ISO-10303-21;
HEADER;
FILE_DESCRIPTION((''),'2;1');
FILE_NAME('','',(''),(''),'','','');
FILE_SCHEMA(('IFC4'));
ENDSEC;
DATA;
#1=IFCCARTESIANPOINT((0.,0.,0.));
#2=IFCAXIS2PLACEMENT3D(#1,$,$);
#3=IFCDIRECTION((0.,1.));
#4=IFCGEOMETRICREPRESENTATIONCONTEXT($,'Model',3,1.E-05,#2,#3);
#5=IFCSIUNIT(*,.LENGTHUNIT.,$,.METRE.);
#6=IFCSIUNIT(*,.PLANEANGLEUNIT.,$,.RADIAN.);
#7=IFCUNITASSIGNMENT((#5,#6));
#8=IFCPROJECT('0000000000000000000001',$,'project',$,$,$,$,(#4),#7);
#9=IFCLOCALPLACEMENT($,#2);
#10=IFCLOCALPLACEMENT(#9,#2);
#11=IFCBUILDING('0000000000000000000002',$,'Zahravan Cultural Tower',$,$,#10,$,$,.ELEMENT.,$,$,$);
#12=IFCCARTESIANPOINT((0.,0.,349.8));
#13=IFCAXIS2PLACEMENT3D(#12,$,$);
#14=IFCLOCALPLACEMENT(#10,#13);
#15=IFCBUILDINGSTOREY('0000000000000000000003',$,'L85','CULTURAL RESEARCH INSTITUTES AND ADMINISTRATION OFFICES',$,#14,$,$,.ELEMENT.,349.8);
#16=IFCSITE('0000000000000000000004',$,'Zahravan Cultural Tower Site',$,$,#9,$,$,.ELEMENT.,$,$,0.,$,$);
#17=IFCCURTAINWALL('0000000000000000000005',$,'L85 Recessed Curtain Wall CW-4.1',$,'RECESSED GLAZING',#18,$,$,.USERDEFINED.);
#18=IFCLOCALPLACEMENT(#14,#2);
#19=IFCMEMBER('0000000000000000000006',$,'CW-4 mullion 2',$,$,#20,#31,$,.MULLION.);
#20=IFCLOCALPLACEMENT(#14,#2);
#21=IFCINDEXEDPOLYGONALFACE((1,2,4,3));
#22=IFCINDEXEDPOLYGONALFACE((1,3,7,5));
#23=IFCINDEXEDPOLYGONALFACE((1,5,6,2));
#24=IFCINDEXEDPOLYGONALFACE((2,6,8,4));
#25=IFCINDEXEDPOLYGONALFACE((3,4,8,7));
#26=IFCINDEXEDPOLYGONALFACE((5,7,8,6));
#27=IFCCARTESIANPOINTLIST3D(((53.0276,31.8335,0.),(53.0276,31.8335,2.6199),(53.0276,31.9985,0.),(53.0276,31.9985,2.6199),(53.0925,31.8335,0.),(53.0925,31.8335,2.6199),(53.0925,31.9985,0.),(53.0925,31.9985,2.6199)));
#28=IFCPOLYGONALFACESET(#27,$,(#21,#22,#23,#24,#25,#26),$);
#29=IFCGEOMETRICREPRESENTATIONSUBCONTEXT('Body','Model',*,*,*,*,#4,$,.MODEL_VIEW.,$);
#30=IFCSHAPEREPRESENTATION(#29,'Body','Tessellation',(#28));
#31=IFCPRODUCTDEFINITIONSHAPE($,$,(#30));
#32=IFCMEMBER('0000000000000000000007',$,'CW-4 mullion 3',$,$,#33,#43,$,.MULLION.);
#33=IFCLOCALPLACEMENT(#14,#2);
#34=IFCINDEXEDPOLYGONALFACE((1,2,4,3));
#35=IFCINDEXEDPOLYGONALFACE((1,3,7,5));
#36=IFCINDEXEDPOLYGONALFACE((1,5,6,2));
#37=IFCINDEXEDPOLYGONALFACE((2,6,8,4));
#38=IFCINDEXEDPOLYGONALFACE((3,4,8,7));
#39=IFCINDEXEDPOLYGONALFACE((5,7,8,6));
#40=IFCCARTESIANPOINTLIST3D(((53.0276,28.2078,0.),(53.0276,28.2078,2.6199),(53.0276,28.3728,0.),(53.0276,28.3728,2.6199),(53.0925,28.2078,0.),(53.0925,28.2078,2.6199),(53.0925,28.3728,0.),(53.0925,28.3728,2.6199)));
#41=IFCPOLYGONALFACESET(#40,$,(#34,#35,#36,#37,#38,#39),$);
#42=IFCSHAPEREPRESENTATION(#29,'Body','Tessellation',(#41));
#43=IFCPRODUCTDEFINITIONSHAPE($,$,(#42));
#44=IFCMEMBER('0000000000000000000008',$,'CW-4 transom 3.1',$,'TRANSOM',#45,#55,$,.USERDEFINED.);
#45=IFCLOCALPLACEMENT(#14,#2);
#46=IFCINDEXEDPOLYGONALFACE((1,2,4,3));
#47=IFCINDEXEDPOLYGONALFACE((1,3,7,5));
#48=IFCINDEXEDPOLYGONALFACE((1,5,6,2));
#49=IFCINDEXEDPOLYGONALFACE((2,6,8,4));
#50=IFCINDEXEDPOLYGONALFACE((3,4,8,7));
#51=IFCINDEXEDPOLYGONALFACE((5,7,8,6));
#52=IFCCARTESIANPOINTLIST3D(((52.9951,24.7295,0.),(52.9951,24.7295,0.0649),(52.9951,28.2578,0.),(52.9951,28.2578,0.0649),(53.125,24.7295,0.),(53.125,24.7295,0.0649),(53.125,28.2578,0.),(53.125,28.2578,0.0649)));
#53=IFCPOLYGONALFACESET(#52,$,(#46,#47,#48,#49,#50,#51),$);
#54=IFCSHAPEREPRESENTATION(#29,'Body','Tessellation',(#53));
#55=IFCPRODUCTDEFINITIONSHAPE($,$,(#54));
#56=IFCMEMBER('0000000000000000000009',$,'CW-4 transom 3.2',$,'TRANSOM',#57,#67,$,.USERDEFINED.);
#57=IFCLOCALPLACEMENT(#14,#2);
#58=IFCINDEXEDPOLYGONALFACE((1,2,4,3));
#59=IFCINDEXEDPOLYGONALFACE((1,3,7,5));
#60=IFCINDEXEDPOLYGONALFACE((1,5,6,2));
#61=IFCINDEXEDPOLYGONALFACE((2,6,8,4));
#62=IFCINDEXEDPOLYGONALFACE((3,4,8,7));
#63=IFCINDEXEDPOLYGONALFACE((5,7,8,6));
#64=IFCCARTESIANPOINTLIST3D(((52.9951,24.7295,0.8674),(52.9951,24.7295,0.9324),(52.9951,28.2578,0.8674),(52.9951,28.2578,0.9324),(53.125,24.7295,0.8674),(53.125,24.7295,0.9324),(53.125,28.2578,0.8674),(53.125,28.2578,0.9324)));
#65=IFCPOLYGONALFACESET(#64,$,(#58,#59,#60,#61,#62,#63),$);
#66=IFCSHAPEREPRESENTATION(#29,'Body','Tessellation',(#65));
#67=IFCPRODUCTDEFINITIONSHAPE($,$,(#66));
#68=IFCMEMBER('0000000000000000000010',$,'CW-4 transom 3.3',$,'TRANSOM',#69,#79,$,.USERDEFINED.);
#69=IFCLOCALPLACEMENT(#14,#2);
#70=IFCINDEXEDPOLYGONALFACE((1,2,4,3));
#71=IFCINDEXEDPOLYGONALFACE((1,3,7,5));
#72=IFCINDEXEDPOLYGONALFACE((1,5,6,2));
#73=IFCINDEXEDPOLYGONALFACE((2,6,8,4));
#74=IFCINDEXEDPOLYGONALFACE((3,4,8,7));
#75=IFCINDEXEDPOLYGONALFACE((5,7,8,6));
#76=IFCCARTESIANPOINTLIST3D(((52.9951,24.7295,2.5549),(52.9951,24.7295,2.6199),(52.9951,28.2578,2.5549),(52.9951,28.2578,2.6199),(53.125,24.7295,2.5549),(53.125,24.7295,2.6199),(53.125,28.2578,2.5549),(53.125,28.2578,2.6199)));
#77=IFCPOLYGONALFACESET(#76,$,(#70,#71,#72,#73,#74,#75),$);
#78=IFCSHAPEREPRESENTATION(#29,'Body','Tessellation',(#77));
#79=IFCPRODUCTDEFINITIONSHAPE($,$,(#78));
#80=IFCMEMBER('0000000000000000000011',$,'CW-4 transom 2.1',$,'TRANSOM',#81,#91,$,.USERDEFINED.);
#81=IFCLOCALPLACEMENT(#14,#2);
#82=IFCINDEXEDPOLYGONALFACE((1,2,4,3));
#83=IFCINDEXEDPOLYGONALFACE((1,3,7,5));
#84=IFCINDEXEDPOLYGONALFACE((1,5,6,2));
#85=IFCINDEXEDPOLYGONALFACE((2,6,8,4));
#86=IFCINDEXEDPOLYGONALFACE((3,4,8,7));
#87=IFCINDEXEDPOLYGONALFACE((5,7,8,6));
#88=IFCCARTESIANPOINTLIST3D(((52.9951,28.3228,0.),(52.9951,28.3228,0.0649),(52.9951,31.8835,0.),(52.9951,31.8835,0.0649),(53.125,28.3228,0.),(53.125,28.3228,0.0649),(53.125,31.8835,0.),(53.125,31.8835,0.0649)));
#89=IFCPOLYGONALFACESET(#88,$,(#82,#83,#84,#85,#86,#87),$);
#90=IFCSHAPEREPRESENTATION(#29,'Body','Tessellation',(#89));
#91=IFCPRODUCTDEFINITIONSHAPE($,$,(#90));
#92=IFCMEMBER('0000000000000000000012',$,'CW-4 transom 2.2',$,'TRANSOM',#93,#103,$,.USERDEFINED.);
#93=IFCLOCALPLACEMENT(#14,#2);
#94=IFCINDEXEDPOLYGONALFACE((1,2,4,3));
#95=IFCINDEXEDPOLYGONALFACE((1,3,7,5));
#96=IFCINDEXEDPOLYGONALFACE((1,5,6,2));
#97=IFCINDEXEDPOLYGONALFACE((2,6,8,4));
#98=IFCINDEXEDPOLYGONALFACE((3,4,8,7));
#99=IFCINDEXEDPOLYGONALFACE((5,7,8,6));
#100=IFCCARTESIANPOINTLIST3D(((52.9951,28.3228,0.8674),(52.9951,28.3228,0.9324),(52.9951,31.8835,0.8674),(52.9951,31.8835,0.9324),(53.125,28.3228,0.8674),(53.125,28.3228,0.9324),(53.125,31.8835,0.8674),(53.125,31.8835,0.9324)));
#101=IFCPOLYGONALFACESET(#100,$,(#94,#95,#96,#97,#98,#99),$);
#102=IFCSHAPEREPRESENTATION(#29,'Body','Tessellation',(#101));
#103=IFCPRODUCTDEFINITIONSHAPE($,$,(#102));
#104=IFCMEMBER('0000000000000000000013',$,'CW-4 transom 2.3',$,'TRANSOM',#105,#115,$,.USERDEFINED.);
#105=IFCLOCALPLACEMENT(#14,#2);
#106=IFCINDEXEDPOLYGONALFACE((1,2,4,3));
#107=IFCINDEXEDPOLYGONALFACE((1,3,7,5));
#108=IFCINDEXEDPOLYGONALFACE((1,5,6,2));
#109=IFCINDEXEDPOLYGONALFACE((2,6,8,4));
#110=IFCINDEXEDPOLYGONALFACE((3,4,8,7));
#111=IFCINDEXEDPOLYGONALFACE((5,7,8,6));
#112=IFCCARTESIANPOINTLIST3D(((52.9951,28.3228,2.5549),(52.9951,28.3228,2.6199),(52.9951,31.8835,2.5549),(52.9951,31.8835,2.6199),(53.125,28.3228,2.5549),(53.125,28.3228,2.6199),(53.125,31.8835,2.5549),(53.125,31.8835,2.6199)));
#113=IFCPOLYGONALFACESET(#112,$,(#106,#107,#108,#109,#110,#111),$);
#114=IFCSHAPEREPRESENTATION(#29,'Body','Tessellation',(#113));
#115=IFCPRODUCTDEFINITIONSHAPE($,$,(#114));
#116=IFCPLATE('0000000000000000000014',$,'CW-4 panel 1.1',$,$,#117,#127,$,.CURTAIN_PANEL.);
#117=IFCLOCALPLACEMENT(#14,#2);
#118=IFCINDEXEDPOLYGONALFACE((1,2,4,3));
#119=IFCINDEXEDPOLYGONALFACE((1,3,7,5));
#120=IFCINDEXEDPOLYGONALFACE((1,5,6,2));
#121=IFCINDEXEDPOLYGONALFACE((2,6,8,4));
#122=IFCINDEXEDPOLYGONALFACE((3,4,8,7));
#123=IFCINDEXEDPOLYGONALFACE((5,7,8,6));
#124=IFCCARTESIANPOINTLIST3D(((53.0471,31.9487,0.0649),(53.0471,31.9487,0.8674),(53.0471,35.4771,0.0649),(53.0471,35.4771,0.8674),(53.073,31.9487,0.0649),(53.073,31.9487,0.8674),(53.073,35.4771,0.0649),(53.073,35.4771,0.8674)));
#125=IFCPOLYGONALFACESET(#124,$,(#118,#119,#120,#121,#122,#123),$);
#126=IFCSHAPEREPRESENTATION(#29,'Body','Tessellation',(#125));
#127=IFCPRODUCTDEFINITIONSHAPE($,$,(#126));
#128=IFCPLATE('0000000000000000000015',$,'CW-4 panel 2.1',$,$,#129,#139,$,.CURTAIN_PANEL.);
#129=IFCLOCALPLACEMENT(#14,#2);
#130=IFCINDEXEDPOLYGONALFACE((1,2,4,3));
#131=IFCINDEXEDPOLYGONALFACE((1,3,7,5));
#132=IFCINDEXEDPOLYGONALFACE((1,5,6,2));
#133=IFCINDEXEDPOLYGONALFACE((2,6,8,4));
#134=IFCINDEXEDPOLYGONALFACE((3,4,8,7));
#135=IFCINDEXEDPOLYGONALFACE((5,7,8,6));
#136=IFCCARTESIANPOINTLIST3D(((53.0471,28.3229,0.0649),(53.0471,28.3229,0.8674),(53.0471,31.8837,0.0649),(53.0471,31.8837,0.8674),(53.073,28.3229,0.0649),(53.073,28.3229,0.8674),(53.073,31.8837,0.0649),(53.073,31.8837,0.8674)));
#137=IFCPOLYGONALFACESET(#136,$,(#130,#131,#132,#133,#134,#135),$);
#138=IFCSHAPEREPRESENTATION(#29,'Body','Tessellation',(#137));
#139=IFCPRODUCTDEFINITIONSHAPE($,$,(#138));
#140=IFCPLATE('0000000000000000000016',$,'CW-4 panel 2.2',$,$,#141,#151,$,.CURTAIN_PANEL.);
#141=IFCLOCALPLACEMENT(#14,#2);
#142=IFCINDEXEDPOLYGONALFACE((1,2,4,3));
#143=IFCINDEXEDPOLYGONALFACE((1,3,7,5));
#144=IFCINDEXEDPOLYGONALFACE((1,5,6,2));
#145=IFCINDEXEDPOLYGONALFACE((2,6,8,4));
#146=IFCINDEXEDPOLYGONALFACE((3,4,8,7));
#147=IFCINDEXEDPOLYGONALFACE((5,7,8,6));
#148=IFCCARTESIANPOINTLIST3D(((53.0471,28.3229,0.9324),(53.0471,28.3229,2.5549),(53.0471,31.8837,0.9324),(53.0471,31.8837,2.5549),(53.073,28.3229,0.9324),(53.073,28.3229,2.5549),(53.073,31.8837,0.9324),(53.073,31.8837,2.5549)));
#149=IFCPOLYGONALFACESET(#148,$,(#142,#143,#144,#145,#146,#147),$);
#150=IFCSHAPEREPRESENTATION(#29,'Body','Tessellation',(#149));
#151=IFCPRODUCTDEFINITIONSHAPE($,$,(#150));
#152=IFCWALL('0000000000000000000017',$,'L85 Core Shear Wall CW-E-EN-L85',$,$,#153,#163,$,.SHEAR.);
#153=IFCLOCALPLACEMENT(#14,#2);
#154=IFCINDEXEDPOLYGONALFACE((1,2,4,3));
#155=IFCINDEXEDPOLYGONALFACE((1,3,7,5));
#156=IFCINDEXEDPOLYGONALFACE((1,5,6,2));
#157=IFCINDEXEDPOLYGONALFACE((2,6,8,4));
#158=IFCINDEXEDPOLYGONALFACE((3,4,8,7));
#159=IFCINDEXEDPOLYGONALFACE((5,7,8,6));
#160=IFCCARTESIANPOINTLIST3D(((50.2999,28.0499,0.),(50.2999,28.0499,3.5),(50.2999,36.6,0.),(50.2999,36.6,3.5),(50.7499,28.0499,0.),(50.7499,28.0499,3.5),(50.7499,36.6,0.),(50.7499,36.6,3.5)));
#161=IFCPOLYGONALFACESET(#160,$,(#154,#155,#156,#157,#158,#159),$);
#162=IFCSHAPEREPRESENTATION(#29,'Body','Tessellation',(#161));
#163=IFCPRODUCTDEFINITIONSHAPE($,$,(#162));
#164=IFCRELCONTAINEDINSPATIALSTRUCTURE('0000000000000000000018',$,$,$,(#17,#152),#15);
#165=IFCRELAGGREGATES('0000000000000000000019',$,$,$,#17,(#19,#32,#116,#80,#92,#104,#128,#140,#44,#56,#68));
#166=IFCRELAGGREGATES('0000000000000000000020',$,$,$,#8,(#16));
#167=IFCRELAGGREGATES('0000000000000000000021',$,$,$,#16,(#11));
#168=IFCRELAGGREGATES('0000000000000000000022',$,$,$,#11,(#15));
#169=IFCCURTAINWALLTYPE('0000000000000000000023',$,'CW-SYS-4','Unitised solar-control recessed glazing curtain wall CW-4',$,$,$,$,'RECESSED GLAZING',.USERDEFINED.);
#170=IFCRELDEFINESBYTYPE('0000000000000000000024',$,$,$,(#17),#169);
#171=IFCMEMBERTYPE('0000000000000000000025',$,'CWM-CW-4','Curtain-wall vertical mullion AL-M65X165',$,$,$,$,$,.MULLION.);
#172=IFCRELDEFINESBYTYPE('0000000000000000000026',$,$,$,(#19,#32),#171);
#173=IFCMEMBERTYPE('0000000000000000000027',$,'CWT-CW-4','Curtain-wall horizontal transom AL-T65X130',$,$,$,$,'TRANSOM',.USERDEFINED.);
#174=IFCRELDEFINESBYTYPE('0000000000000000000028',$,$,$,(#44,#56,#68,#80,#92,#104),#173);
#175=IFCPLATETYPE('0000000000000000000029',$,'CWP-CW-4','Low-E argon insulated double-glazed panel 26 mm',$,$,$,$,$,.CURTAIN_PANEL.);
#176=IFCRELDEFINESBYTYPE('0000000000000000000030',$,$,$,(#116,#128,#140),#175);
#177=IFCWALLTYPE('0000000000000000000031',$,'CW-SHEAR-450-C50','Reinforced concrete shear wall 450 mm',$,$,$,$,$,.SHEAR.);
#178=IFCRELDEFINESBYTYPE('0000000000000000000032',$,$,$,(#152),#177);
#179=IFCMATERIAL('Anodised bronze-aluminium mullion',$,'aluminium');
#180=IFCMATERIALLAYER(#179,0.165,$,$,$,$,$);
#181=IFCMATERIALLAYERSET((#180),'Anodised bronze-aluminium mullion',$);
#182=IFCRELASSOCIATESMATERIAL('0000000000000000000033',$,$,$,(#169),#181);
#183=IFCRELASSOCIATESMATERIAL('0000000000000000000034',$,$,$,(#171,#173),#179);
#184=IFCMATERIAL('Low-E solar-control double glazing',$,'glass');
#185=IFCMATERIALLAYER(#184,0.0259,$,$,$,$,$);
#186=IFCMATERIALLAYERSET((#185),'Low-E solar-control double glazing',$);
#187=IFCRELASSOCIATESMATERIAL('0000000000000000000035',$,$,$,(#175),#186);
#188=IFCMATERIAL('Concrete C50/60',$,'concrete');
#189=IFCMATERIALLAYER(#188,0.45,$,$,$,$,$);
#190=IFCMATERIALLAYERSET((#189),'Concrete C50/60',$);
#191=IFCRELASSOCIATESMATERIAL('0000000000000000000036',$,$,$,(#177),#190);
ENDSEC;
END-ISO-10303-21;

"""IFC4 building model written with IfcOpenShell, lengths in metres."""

from ifc_helpers import new_model, si_unit, direction, frame, frame_2d, origin, origin_2d, place, context, subcontext, project, spatial, rectangle, extrude, source, transform, mapped, material, layer, layer_set, material_profile, profile_set, type_object, element, aggregate, save


model = new_model("IFC4")

# Units and contexts
model_context = context("Model", 3, precision=1e-05, world=origin(), true_north=direction((0.0, 1.0)))
body_context = subcontext(model_context, "Body", "Model", "MODEL_VIEW")
ifc_project = project(units=[si_unit("LENGTHUNIT", "METRE"), si_unit("PLANEANGLEUNIT", "RADIAN")], contexts=[model_context])

# Site, building, storey
site_placement = place(None, origin())
site = spatial("IfcSite", under=ifc_project, at=site_placement, Name="Zahravan Cultural Tower Site", CompositionType="ELEMENT", RefElevation=0.0)
building_placement = place(site_placement, origin())
building = spatial("IfcBuilding", under=site, at=building_placement, Name="Zahravan Cultural Tower", CompositionType="ELEMENT")
storey_placement = place(building_placement, frame((0.0, 0.0, 349.8)))
storey = spatial("IfcBuildingStorey", under=building, at=storey_placement, Name="L85", Description="CULTURAL RESEARCH INSTITUTES AND ADMINISTRATION OFFICES", CompositionType="ELEMENT", Elevation=349.8)

# Curtain wall, members, plates
ifc_material_1 = material(Name="Anodised bronze-aluminium mullion", Category="aluminium")
ifc_layer_1 = layer(ifc_material_1, 0.165)
ifc_layer_set_1 = layer_set([ifc_layer_1], Name="Anodised bronze-aluminium mullion")
curtain_wall_type = type_object("IfcCurtainWallType", Name="CW-SYS-4", Description="Unitised solar-control recessed glazing curtain wall CW-4", ElementType="RECESSED GLAZING", PredefinedType="USERDEFINED", material=ifc_layer_set_1)
curtain_wall_placement = place(storey_placement, origin())
curtain_wall = element("IfcCurtainWall", 1, at=curtain_wall_placement, inside=storey, type_object=curtain_wall_type, Name="L85 Recessed Curtain Wall CW-4.1", ObjectType="RECESSED GLAZING", PredefinedType="USERDEFINED")
ifc_material_profile_1 = material_profile(ifc_material_1, rectangle(XDim=0.0649, YDim=0.165, at=origin_2d()), Name="AL-M65X165")
ifc_profile_set_1 = profile_set([ifc_material_profile_1], Name="Anodised bronze-aluminium mullion")
member_type_1 = type_object("IfcMemberType", Name="CWM-CW-4", Description="Curtain-wall vertical mullion AL-M65X165", PredefinedType="MULLION", material=ifc_profile_set_1)
shared_shape_1 = source(origin(), body_context, "Body", "SweptSolid", [
    extrude(rectangle(XDim=0.0649, YDim=0.165, at=origin_2d()), origin(), (0.0, 0.0, 1.0), 2.6199),
])
member_1_placement = place(storey_placement, frame((53.0601, 31.916, 0.0), z_axis=(0.0, 0.0, 1.0), x_axis=(1.0, 0.0, 0.0)))
member_1 = element("IfcMember", 2, at=member_1_placement, type_object=member_type_1, Name="CW-4 mullion 2", PredefinedType="MULLION", context=body_context, shape_type="MappedRepresentation", body=[
    mapped(shared_shape_1, transform((0.0, 0.0, 0.0), x_axis=(1.0, 0.0, 0.0), y_axis=(0.0, 1.0, 0.0), z_axis=(0.0, 0.0, 1.0), scale=1.0)),
])
member_2_placement = place(storey_placement, frame((53.0601, 28.2903, 0.0), z_axis=(0.0, 0.0, 1.0), x_axis=(1.0, 0.0, 0.0)))
member_2 = element("IfcMember", 3, at=member_2_placement, type_object=member_type_1, Name="CW-4 mullion 3", PredefinedType="MULLION", context=body_context, shape_type="MappedRepresentation", body=[
    mapped(shared_shape_1, transform((0.0, 0.0, 0.0), x_axis=(1.0, 0.0, 0.0), y_axis=(0.0, 1.0, 0.0), z_axis=(0.0, 0.0, 1.0), scale=1.0)),
])
ifc_material_profile_2 = material_profile(ifc_material_1, rectangle(XDim=0.1299, YDim=0.0649, at=origin_2d()), Name="AL-T65X130")
ifc_profile_set_2 = profile_set([ifc_material_profile_2], Name="Anodised bronze-aluminium mullion")
member_type_2 = type_object("IfcMemberType", Name="CWT-CW-4", Description="Curtain-wall horizontal transom AL-T65X130", ElementType="TRANSOM", PredefinedType="USERDEFINED", material=ifc_profile_set_2)
shared_shape_2 = source(origin(), body_context, "Body", "SweptSolid", [
    extrude(rectangle(XDim=0.1299, YDim=0.0649, at=origin_2d()), origin(), (0.0, 0.0, 1.0), 3.5283),
])
member_3_placement = place(storey_placement, frame((53.0601, 28.2578, 0.0325), z_axis=(0.0, -1.0, 0.0), x_axis=(1.0, 0.0, 0.0)))
member_3 = element("IfcMember", 4, at=member_3_placement, type_object=member_type_2, Name="CW-4 transom 3.1", ObjectType="TRANSOM", PredefinedType="USERDEFINED", context=body_context, shape_type="MappedRepresentation", body=[
    mapped(shared_shape_2, transform((0.0, 0.0, 0.0), x_axis=(1.0, 0.0, 0.0), y_axis=(0.0, 1.0, 0.0), z_axis=(0.0, 0.0, 1.0), scale=1.0)),
])
member_4_placement = place(storey_placement, frame((53.0601, 28.2578, 0.8999), z_axis=(0.0, -1.0, 0.0), x_axis=(1.0, 0.0, 0.0)))
member_4 = element("IfcMember", 5, at=member_4_placement, type_object=member_type_2, Name="CW-4 transom 3.2", ObjectType="TRANSOM", PredefinedType="USERDEFINED", context=body_context, shape_type="MappedRepresentation", body=[
    mapped(shared_shape_2, transform((0.0, 0.0, 0.0), x_axis=(1.0, 0.0, 0.0), y_axis=(0.0, 1.0, 0.0), z_axis=(0.0, 0.0, 1.0), scale=1.0)),
])
member_5_placement = place(storey_placement, frame((53.0601, 28.2578, 2.5874), z_axis=(0.0, -1.0, 0.0), x_axis=(1.0, 0.0, 0.0)))
member_5 = element("IfcMember", 6, at=member_5_placement, type_object=member_type_2, Name="CW-4 transom 3.3", ObjectType="TRANSOM", PredefinedType="USERDEFINED", context=body_context, shape_type="MappedRepresentation", body=[
    mapped(shared_shape_2, transform((0.0, 0.0, 0.0), x_axis=(1.0, 0.0, 0.0), y_axis=(0.0, 1.0, 0.0), z_axis=(0.0, 0.0, 1.0), scale=1.0)),
])
shared_shape_3 = source(origin(), body_context, "Body", "SweptSolid", [
    extrude(rectangle(XDim=0.1299, YDim=0.0649, at=origin_2d()), origin(), (0.0, 0.0, 1.0), 3.5608),
])
member_6_placement = place(storey_placement, frame((53.0601, 31.8835, 0.0325), z_axis=(0.0, -1.0, 0.0), x_axis=(1.0, 0.0, 0.0)))
member_6 = element("IfcMember", 7, at=member_6_placement, type_object=member_type_2, Name="CW-4 transom 2.1", ObjectType="TRANSOM", PredefinedType="USERDEFINED", context=body_context, shape_type="MappedRepresentation", body=[
    mapped(shared_shape_3, transform((0.0, 0.0, 0.0), x_axis=(1.0, 0.0, 0.0), y_axis=(0.0, 1.0, 0.0), z_axis=(0.0, 0.0, 1.0), scale=1.0)),
])
member_7_placement = place(storey_placement, frame((53.0601, 31.8835, 0.8999), z_axis=(0.0, -1.0, 0.0), x_axis=(1.0, 0.0, 0.0)))
member_7 = element("IfcMember", 8, at=member_7_placement, type_object=member_type_2, Name="CW-4 transom 2.2", ObjectType="TRANSOM", PredefinedType="USERDEFINED", context=body_context, shape_type="MappedRepresentation", body=[
    mapped(shared_shape_3, transform((0.0, 0.0, 0.0), x_axis=(1.0, 0.0, 0.0), y_axis=(0.0, 1.0, 0.0), z_axis=(0.0, 0.0, 1.0), scale=1.0)),
])
member_8_placement = place(storey_placement, frame((53.0601, 31.8835, 2.5874), z_axis=(0.0, -1.0, 0.0), x_axis=(1.0, 0.0, 0.0)))
member_8 = element("IfcMember", 9, at=member_8_placement, type_object=member_type_2, Name="CW-4 transom 2.3", ObjectType="TRANSOM", PredefinedType="USERDEFINED", context=body_context, shape_type="MappedRepresentation", body=[
    mapped(shared_shape_3, transform((0.0, 0.0, 0.0), x_axis=(1.0, 0.0, 0.0), y_axis=(0.0, 1.0, 0.0), z_axis=(0.0, 0.0, 1.0), scale=1.0)),
])
ifc_material_2 = material(Name="Low-E solar-control double glazing", Category="glass")
ifc_layer_2 = layer(ifc_material_2, 0.0259)
ifc_layer_set_2 = layer_set([ifc_layer_2], Name="Low-E solar-control double glazing")
plate_type = type_object("IfcPlateType", Name="CWP-CW-4", Description="Low-E argon insulated double-glazed panel 26 mm", PredefinedType="CURTAIN_PANEL", material=ifc_layer_set_2)
shared_shape_4 = source(origin(), body_context, "Body", "SweptSolid", [
    extrude(rectangle(XDim=3.5283, YDim=0.0259, at=origin_2d()), origin(), (0.0, 0.0, 1.0), 0.8025),
])
plate_1_placement = place(storey_placement, frame((53.0601, 33.7129, 0.0649), z_axis=(0.0, 0.0, 1.0), x_axis=(0.0, -1.0, 0.0)))
plate_1 = element("IfcPlate", 10, at=plate_1_placement, type_object=plate_type, Name="CW-4 panel 1.1", PredefinedType="CURTAIN_PANEL", context=body_context, shape_type="MappedRepresentation", body=[
    mapped(shared_shape_4, transform((0.0, 0.0, 0.0), x_axis=(1.0, 0.0, 0.0), y_axis=(0.0, 1.0, 0.0), z_axis=(0.0, 0.0, 1.0), scale=1.0)),
])
shared_shape_5 = source(origin(), body_context, "Body", "SweptSolid", [
    extrude(rectangle(XDim=3.5608, YDim=0.0259, at=origin_2d()), origin(), (0.0, 0.0, 1.0), 0.8025),
])
plate_2_placement = place(storey_placement, frame((53.0601, 30.1033, 0.0649), z_axis=(0.0, 0.0, 1.0), x_axis=(0.0, -1.0, 0.0)))
plate_2 = element("IfcPlate", 11, at=plate_2_placement, type_object=plate_type, Name="CW-4 panel 2.1", PredefinedType="CURTAIN_PANEL", context=body_context, shape_type="MappedRepresentation", body=[
    mapped(shared_shape_5, transform((0.0, 0.0, 0.0), x_axis=(1.0, 0.0, 0.0), y_axis=(0.0, 1.0, 0.0), z_axis=(0.0, 0.0, 1.0), scale=1.0)),
])
shared_shape_6 = source(origin(), body_context, "Body", "SweptSolid", [
    extrude(rectangle(XDim=3.5608, YDim=0.0259, at=origin_2d()), origin(), (0.0, 0.0, 1.0), 1.6226),
])
plate_3_placement = place(storey_placement, frame((53.0601, 30.1033, 0.9324), z_axis=(0.0, 0.0, 1.0), x_axis=(0.0, -1.0, 0.0)))
plate_3 = element("IfcPlate", 12, at=plate_3_placement, type_object=plate_type, Name="CW-4 panel 2.2", PredefinedType="CURTAIN_PANEL", context=body_context, shape_type="MappedRepresentation", body=[
    mapped(shared_shape_6, transform((0.0, 0.0, 0.0), x_axis=(1.0, 0.0, 0.0), y_axis=(0.0, 1.0, 0.0), z_axis=(0.0, 0.0, 1.0), scale=1.0)),
])
aggregate(curtain_wall, [member_1, member_2, plate_1, member_6, member_7, member_8, plate_2, plate_3, member_3, member_4, member_5])

# Wall
ifc_material_3 = material(Name="Concrete C50/60", Category="concrete")
ifc_layer_3 = layer(ifc_material_3, 0.45)
ifc_layer_set_3 = layer_set([ifc_layer_3], Name="Concrete C50/60")
wall_type_1 = type_object("IfcWallType", Name="CW-SHEAR-450-C50", Description="Reinforced concrete shear wall 450 mm", PredefinedType="SHEAR", material=ifc_layer_set_3)
shared_shape_7 = source(origin(), body_context, "Body", "SweptSolid", [
    extrude(rectangle(XDim=8.55, YDim=0.45, at=frame_2d((4.2749, 0.0))), origin(), (0.0, 0.0, 1.0), 3.5),
])
wall_1_placement = place(storey_placement, frame((50.5249, 28.05, 0.0), z_axis=(0.0, 0.0, 1.0), x_axis=(0.0, 1.0, 0.0)))
element("IfcWall", 13, at=wall_1_placement, inside=storey, type_object=wall_type_1, Name="L85 Core Shear Wall CW-E-EN-L85", PredefinedType="SHEAR", context=body_context, shape_type="MappedRepresentation", body=[
    mapped(shared_shape_7, transform((0.0, 0.0, 0.0), x_axis=(1.0, 0.0, 0.0), y_axis=(0.0, 1.0, 0.0), z_axis=(0.0, 0.0, 1.0), scale=1.0)),
])

save(model, "model.ifc")
